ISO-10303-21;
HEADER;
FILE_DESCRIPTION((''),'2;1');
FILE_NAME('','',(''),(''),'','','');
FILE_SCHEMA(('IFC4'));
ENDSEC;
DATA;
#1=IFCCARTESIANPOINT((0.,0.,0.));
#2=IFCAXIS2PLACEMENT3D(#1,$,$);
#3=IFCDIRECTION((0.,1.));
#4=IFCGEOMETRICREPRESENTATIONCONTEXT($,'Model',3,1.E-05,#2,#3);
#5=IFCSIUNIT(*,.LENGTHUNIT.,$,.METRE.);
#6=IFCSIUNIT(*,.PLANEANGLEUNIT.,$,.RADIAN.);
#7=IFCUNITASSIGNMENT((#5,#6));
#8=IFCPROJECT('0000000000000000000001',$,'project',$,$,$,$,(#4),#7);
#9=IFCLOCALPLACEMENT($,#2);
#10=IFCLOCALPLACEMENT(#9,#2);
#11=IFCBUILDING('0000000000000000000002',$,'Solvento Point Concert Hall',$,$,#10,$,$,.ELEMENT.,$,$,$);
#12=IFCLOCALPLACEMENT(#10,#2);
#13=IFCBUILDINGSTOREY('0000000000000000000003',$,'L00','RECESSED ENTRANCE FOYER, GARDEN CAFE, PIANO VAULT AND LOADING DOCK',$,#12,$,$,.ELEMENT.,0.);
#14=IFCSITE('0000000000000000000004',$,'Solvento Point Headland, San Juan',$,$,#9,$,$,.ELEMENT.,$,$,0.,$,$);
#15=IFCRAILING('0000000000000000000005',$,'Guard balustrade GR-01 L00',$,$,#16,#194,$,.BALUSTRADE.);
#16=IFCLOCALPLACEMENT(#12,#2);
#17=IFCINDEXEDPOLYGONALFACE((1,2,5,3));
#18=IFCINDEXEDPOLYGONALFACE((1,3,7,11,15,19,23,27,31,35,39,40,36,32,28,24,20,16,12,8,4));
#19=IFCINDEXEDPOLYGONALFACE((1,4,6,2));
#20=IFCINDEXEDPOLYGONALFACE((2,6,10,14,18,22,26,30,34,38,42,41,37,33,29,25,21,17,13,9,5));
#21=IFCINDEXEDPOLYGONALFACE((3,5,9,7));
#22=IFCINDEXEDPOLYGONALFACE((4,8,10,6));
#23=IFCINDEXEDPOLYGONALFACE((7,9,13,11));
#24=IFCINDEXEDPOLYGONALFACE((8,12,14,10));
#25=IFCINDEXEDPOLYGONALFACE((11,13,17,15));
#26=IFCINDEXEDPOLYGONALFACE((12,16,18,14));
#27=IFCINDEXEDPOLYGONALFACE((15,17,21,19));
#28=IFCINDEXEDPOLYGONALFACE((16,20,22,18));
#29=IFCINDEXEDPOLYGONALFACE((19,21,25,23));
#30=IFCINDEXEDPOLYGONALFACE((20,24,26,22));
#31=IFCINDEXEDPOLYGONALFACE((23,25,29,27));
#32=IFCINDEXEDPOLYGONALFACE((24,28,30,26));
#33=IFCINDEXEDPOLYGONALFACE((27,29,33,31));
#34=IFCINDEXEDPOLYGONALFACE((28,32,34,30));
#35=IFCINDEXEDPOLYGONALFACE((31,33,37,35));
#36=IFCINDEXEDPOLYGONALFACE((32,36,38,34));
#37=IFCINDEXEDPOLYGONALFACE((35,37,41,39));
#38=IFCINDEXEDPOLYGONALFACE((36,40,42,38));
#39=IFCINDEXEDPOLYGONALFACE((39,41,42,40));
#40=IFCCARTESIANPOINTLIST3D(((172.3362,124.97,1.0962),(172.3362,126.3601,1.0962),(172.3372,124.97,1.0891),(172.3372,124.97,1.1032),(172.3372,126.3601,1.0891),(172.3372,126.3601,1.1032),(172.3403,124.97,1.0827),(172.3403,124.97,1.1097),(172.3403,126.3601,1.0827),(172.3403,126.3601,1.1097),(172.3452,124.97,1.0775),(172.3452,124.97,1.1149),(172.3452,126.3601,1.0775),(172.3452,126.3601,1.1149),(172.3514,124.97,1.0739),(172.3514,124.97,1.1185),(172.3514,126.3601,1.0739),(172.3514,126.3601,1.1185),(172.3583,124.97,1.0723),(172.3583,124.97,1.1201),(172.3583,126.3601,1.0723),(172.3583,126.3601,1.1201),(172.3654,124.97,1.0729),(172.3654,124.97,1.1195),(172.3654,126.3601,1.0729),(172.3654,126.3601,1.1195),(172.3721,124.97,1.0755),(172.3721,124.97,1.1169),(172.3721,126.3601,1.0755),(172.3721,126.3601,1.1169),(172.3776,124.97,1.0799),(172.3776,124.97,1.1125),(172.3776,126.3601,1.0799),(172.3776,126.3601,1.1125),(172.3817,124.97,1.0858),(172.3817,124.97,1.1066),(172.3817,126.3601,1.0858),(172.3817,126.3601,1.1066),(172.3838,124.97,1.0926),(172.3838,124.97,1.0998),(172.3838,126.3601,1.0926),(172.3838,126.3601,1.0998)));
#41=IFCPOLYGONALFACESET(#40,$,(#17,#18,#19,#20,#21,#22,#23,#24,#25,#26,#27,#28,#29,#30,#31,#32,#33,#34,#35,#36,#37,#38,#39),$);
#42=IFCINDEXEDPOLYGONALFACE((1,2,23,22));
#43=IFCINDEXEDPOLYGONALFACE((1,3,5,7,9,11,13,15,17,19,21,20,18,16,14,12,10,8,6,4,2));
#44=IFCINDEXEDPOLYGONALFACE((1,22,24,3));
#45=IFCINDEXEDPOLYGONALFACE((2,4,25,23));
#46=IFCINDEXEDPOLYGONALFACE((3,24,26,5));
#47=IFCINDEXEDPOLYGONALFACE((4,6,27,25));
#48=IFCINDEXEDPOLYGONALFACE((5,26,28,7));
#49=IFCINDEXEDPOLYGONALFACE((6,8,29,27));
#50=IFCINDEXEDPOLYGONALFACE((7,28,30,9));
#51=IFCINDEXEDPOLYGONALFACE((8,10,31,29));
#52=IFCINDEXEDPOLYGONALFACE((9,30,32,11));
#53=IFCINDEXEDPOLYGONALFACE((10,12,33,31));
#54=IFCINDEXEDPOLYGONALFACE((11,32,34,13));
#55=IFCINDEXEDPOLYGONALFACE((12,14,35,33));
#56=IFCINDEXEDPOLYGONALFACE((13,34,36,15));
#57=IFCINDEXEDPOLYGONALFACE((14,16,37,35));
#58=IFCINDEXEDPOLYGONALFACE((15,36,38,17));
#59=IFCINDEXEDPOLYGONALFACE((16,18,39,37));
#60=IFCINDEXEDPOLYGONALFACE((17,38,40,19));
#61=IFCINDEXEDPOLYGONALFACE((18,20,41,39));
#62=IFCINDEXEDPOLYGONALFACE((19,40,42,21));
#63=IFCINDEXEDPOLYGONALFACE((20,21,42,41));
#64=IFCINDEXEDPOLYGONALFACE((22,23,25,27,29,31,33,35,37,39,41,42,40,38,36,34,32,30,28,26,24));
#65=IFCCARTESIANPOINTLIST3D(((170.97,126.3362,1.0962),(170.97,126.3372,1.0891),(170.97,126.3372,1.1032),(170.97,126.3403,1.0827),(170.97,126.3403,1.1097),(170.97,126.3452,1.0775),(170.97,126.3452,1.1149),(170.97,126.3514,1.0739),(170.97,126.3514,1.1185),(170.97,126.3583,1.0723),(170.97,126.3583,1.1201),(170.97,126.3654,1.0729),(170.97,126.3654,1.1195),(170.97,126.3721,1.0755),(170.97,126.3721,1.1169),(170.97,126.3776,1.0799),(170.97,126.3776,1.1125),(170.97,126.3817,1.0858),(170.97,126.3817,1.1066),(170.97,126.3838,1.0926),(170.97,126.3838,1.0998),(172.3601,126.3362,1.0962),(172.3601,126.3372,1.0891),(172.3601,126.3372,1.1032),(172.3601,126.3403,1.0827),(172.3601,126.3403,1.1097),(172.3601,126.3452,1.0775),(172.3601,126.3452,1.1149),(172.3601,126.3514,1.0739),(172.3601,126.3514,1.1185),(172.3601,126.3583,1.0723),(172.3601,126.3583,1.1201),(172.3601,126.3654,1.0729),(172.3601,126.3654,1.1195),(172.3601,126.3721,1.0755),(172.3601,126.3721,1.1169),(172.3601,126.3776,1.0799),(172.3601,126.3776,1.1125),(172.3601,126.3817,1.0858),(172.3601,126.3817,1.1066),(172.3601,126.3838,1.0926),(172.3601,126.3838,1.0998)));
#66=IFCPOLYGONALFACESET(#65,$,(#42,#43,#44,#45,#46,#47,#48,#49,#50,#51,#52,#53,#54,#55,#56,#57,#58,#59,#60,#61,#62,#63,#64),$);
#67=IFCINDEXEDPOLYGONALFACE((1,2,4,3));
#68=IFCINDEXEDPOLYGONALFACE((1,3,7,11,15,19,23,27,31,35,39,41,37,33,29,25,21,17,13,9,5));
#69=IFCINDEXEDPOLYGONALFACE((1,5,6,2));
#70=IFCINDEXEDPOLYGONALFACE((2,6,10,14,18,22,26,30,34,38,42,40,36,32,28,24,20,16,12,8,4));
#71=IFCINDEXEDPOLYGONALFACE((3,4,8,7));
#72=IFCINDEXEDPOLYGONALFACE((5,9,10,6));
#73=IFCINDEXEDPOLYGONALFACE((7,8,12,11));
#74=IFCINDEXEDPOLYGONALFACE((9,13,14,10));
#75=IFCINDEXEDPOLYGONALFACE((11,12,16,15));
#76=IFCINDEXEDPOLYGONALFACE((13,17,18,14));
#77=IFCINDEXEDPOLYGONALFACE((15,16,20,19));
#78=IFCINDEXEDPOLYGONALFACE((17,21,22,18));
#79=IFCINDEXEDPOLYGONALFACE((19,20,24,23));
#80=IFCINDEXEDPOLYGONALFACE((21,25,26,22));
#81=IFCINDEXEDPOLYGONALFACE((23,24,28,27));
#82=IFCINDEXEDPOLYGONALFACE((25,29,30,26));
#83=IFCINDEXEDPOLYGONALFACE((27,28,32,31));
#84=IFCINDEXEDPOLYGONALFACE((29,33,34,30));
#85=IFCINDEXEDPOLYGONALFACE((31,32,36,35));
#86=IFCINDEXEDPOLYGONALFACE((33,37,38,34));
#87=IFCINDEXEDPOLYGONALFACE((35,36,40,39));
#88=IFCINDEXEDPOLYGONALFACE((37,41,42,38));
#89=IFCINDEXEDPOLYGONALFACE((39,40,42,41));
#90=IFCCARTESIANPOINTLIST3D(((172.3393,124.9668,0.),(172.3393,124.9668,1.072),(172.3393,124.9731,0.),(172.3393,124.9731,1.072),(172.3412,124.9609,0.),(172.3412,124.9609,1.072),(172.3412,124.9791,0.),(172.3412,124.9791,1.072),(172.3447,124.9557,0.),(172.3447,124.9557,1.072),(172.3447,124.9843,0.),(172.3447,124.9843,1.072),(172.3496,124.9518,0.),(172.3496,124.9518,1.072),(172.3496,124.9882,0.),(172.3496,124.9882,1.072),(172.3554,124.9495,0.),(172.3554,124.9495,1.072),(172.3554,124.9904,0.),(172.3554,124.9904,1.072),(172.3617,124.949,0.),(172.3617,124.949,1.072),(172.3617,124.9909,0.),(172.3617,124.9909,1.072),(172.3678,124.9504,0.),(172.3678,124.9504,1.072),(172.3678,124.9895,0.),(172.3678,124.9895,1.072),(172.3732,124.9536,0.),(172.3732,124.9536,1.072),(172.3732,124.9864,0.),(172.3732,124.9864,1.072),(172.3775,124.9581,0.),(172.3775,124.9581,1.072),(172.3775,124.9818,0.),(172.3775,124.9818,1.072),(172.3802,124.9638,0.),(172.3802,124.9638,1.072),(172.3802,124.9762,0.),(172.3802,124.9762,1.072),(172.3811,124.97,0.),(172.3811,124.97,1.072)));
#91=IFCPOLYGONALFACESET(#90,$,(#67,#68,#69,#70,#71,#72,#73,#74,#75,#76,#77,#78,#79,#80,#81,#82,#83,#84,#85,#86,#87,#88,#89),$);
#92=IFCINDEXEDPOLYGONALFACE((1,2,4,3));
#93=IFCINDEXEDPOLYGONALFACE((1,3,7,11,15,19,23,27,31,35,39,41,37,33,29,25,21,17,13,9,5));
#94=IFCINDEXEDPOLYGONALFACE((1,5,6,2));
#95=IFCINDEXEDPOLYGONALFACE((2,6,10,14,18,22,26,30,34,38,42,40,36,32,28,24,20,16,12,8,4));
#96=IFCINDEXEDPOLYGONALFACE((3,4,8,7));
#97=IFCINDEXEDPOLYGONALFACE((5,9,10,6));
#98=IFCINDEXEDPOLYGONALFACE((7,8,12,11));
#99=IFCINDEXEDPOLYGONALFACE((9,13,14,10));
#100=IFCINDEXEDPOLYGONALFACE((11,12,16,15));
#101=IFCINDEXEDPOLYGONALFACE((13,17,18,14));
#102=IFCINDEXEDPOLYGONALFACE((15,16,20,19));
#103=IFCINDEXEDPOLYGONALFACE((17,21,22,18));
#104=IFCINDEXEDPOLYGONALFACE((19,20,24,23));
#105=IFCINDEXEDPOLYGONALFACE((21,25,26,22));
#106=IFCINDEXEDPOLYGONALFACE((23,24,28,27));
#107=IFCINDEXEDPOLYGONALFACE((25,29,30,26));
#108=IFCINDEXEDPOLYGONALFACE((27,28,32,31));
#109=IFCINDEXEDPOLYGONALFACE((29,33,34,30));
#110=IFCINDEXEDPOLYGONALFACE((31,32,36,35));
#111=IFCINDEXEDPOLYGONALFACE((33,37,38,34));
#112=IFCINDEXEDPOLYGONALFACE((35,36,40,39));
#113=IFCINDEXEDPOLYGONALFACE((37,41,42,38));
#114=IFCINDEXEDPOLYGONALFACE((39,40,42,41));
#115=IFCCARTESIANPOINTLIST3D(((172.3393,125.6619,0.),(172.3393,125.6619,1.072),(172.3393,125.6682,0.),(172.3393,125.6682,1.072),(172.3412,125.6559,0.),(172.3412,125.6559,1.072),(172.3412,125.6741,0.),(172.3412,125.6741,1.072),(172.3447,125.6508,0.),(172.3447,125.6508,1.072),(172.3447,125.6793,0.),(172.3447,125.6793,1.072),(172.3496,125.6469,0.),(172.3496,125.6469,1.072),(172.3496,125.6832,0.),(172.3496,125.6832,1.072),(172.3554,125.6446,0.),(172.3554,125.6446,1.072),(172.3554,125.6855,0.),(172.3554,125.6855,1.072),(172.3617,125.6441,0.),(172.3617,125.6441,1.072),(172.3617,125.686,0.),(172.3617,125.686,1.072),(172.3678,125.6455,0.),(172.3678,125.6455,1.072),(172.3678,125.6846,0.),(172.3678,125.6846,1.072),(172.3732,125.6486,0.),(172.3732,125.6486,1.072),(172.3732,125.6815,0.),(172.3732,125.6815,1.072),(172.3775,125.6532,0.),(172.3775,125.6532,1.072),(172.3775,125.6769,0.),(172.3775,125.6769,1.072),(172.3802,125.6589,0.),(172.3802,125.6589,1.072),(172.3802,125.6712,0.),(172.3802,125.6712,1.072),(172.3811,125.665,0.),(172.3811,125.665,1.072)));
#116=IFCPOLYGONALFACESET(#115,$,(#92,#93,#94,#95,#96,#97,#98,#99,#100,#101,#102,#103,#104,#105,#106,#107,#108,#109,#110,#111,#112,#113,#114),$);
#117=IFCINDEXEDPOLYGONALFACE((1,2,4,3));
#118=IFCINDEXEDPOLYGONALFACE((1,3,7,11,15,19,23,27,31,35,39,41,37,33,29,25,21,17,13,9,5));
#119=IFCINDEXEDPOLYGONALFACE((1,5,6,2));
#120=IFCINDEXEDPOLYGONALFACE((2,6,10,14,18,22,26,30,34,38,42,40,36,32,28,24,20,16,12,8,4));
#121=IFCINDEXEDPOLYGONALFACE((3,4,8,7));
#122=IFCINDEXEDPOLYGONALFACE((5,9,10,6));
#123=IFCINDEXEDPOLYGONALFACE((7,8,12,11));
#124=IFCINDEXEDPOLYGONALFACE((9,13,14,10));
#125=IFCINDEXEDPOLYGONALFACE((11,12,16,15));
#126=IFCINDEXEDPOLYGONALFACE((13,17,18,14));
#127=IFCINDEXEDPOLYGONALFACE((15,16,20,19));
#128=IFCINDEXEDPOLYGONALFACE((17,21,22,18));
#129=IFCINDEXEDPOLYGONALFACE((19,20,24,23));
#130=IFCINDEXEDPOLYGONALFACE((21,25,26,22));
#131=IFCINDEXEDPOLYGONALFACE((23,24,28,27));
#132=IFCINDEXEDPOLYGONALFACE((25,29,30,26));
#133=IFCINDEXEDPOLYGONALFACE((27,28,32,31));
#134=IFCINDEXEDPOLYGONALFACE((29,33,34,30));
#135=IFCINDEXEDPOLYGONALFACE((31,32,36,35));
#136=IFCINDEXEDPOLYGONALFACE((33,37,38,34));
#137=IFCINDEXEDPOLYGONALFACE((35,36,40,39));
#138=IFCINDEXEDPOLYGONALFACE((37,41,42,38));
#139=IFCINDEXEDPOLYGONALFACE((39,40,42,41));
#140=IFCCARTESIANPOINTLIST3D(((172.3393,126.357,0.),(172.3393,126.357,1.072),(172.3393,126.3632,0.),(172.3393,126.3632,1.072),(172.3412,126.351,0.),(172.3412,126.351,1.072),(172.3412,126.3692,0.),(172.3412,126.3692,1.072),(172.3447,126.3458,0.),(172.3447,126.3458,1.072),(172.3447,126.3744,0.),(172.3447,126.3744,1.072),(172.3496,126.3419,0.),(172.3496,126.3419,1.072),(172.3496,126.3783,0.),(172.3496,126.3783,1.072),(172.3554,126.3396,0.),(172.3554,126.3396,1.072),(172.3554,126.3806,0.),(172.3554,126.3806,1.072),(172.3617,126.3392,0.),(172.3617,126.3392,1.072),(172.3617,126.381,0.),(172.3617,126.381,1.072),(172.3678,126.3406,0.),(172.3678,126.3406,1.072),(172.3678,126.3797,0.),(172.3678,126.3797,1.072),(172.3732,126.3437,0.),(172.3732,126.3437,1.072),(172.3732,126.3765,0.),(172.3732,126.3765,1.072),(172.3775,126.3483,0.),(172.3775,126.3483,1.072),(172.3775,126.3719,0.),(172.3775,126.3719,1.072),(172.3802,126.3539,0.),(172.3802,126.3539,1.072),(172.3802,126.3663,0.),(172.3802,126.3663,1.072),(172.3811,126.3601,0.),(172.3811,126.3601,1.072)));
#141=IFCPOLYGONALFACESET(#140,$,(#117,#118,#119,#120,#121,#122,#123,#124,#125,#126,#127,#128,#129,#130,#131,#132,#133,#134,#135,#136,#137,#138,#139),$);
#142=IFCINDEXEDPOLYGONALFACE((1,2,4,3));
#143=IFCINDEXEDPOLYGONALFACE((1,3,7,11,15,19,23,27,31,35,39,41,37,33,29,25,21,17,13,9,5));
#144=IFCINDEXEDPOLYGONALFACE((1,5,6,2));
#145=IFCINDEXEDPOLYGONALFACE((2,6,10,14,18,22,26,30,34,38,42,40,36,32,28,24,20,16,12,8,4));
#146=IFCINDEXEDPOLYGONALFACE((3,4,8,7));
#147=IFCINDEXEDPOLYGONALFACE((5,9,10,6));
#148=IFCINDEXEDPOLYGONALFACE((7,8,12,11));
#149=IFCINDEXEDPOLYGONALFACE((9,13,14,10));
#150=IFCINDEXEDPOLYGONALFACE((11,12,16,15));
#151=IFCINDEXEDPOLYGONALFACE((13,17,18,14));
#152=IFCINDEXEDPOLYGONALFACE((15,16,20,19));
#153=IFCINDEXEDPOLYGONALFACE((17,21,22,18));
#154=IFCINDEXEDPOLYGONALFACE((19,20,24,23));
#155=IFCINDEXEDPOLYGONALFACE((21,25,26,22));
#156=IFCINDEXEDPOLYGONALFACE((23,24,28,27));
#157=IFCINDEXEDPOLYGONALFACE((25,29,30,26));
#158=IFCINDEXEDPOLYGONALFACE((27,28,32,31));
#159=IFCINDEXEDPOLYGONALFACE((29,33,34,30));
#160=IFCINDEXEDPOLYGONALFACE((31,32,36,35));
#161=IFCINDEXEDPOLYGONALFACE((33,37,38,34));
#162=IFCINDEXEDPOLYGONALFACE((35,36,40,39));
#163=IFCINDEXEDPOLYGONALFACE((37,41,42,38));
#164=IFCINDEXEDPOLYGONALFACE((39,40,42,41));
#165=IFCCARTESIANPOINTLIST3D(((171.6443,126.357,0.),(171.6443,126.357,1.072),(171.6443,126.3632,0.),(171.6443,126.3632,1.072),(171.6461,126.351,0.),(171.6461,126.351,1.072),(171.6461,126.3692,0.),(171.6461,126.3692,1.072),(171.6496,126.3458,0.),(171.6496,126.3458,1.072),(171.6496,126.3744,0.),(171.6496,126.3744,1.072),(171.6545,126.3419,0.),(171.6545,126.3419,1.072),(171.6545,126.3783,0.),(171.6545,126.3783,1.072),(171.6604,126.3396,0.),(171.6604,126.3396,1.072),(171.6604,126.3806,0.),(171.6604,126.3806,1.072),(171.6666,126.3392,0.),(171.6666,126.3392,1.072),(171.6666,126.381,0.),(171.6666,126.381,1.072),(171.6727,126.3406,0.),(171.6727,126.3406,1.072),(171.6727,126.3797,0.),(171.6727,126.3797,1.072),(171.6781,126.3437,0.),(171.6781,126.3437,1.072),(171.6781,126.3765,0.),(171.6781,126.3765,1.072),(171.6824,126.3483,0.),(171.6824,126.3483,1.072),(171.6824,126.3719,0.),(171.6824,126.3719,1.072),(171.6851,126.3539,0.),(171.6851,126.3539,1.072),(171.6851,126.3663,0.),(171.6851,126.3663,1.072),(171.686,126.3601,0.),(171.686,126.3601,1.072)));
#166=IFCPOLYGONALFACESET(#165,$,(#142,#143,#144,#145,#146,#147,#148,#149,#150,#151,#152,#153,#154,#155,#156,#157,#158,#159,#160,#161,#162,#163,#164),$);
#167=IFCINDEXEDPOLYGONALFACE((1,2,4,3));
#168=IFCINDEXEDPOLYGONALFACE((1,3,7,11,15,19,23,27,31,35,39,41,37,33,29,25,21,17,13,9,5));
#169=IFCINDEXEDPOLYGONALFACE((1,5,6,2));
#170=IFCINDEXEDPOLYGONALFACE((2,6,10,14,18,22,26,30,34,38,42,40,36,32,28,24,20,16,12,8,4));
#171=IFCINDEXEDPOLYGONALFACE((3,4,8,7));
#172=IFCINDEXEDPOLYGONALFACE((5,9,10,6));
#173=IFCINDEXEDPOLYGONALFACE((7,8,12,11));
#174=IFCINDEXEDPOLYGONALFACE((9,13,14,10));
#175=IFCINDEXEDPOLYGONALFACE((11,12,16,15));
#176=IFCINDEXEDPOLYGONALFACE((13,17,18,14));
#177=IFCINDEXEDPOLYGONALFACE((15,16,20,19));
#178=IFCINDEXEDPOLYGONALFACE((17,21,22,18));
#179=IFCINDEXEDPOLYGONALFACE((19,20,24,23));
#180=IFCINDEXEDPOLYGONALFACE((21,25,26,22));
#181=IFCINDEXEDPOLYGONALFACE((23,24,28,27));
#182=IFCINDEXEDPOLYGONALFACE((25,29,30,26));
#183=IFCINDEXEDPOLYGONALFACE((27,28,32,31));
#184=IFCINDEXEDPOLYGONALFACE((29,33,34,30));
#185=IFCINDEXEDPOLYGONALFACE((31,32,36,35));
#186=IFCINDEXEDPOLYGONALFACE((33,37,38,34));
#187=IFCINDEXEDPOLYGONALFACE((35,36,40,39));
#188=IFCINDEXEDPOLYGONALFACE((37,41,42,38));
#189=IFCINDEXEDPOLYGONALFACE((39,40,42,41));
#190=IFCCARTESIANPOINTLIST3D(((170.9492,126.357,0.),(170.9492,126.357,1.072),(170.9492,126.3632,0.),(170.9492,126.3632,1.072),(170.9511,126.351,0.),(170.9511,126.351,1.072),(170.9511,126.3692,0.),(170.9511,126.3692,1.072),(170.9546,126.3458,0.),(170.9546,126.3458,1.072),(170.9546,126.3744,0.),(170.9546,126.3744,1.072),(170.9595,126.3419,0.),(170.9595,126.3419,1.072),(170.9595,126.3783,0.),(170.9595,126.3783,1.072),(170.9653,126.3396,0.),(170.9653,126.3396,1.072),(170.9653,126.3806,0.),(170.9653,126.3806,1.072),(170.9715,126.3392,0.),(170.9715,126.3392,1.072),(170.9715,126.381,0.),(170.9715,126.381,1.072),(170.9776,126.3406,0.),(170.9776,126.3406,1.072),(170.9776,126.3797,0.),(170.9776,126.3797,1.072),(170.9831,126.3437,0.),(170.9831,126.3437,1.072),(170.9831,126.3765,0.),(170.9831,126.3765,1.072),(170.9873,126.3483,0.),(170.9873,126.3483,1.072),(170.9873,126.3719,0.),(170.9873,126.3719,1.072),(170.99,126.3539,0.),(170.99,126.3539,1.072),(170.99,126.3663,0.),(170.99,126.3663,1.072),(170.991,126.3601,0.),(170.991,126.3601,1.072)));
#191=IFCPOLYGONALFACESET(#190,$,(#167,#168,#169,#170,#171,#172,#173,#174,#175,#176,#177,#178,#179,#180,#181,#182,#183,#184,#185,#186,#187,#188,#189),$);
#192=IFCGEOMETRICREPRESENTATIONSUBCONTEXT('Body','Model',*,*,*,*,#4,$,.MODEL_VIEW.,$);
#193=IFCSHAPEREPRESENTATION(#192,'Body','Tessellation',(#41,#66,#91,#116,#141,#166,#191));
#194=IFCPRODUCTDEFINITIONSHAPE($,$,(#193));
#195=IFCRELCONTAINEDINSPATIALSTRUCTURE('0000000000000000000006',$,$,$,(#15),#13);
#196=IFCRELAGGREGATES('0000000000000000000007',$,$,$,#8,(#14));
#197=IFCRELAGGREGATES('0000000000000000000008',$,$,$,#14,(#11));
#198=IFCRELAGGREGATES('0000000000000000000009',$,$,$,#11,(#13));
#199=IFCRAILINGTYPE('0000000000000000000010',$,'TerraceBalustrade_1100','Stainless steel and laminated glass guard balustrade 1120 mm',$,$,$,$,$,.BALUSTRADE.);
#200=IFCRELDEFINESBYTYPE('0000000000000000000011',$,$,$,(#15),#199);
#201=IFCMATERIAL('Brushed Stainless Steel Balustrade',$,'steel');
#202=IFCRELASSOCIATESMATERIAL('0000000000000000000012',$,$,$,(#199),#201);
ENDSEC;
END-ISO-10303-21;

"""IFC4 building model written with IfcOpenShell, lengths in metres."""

from ifc_helpers import new_model, si_unit, direction, frame, origin, origin_2d, place, context, subcontext, project, spatial, circle, extrude, material, type_object, element, save


model = new_model("IFC4")

# Units and contexts
model_context = context("Model", 3, precision=1e-05, world=origin(), true_north=direction((0.0, 1.0)))
body_context = subcontext(model_context, "Body", "Model", "MODEL_VIEW")
ifc_project = project(units=[si_unit("LENGTHUNIT", "METRE"), si_unit("PLANEANGLEUNIT", "RADIAN")], contexts=[model_context])

# Site, building, storey
site_placement = place(None, origin())
site = spatial("IfcSite", under=ifc_project, at=site_placement, Name="Solvento Point Headland, San Juan", CompositionType="ELEMENT", RefElevation=0.0)
building_placement = place(site_placement, origin())
building = spatial("IfcBuilding", under=site, at=building_placement, Name="Solvento Point Concert Hall", CompositionType="ELEMENT")
storey_placement = place(building_placement, origin())
storey = spatial("IfcBuildingStorey", under=building, at=storey_placement, Name="L00", Description="RECESSED ENTRANCE FOYER, GARDEN CAFE, PIANO VAULT AND LOADING DOCK", CompositionType="ELEMENT", Elevation=0.0)

# Railing
ifc_material_1 = material(Name="Brushed Stainless Steel Balustrade", Category="steel")
railing_type = type_object("IfcRailingType", Name="TerraceBalustrade_1100", Description="Stainless steel and laminated glass guard balustrade 1120 mm", PredefinedType="BALUSTRADE", material=ifc_material_1)
railing_1_placement = place(storey_placement, frame((172.3601, 124.97, 0.0)))
element("IfcRailing", 1, at=railing_1_placement, inside=storey, type_object=railing_type, Name="Guard balustrade GR-01 L00", PredefinedType="BALUSTRADE", context=body_context, shape_type="SweptSolid", body=[
    extrude(circle(Radius=0.0239, at=origin_2d()), frame((0.0, 0.0, 1.0962), z_axis=(0.0, 1.0, 0.0), x_axis=(-1.0, 0.0, 0.0)), (0.0, 0.0, 1.0), 1.3901),
    extrude(circle(Radius=0.0239, at=origin_2d()), frame((0.0, 1.3901, 1.0962), z_axis=(-1.0, 0.0, 0.0), x_axis=(0.0, -1.0, 0.0)), (0.0, 0.0, 1.0), 1.3901),
    extrude(circle(Radius=0.021, at=origin_2d()), origin(), (0.0, 0.0, 1.0), 1.072),
    extrude(circle(Radius=0.021, at=origin_2d()), frame((0.0, 0.6951, 0.0)), (0.0, 0.0, 1.0), 1.072),
    extrude(circle(Radius=0.021, at=origin_2d()), frame((0.0, 1.3901, 0.0)), (0.0, 0.0, 1.0), 1.072),
    extrude(circle(Radius=0.021, at=origin_2d()), frame((-0.6951, 1.3901, 0.0)), (0.0, 0.0, 1.0), 1.072),
    extrude(circle(Radius=0.021, at=origin_2d()), frame((-1.3901, 1.3901, 0.0)), (0.0, 0.0, 1.0), 1.072),
])

save(model, "model.ifc")
